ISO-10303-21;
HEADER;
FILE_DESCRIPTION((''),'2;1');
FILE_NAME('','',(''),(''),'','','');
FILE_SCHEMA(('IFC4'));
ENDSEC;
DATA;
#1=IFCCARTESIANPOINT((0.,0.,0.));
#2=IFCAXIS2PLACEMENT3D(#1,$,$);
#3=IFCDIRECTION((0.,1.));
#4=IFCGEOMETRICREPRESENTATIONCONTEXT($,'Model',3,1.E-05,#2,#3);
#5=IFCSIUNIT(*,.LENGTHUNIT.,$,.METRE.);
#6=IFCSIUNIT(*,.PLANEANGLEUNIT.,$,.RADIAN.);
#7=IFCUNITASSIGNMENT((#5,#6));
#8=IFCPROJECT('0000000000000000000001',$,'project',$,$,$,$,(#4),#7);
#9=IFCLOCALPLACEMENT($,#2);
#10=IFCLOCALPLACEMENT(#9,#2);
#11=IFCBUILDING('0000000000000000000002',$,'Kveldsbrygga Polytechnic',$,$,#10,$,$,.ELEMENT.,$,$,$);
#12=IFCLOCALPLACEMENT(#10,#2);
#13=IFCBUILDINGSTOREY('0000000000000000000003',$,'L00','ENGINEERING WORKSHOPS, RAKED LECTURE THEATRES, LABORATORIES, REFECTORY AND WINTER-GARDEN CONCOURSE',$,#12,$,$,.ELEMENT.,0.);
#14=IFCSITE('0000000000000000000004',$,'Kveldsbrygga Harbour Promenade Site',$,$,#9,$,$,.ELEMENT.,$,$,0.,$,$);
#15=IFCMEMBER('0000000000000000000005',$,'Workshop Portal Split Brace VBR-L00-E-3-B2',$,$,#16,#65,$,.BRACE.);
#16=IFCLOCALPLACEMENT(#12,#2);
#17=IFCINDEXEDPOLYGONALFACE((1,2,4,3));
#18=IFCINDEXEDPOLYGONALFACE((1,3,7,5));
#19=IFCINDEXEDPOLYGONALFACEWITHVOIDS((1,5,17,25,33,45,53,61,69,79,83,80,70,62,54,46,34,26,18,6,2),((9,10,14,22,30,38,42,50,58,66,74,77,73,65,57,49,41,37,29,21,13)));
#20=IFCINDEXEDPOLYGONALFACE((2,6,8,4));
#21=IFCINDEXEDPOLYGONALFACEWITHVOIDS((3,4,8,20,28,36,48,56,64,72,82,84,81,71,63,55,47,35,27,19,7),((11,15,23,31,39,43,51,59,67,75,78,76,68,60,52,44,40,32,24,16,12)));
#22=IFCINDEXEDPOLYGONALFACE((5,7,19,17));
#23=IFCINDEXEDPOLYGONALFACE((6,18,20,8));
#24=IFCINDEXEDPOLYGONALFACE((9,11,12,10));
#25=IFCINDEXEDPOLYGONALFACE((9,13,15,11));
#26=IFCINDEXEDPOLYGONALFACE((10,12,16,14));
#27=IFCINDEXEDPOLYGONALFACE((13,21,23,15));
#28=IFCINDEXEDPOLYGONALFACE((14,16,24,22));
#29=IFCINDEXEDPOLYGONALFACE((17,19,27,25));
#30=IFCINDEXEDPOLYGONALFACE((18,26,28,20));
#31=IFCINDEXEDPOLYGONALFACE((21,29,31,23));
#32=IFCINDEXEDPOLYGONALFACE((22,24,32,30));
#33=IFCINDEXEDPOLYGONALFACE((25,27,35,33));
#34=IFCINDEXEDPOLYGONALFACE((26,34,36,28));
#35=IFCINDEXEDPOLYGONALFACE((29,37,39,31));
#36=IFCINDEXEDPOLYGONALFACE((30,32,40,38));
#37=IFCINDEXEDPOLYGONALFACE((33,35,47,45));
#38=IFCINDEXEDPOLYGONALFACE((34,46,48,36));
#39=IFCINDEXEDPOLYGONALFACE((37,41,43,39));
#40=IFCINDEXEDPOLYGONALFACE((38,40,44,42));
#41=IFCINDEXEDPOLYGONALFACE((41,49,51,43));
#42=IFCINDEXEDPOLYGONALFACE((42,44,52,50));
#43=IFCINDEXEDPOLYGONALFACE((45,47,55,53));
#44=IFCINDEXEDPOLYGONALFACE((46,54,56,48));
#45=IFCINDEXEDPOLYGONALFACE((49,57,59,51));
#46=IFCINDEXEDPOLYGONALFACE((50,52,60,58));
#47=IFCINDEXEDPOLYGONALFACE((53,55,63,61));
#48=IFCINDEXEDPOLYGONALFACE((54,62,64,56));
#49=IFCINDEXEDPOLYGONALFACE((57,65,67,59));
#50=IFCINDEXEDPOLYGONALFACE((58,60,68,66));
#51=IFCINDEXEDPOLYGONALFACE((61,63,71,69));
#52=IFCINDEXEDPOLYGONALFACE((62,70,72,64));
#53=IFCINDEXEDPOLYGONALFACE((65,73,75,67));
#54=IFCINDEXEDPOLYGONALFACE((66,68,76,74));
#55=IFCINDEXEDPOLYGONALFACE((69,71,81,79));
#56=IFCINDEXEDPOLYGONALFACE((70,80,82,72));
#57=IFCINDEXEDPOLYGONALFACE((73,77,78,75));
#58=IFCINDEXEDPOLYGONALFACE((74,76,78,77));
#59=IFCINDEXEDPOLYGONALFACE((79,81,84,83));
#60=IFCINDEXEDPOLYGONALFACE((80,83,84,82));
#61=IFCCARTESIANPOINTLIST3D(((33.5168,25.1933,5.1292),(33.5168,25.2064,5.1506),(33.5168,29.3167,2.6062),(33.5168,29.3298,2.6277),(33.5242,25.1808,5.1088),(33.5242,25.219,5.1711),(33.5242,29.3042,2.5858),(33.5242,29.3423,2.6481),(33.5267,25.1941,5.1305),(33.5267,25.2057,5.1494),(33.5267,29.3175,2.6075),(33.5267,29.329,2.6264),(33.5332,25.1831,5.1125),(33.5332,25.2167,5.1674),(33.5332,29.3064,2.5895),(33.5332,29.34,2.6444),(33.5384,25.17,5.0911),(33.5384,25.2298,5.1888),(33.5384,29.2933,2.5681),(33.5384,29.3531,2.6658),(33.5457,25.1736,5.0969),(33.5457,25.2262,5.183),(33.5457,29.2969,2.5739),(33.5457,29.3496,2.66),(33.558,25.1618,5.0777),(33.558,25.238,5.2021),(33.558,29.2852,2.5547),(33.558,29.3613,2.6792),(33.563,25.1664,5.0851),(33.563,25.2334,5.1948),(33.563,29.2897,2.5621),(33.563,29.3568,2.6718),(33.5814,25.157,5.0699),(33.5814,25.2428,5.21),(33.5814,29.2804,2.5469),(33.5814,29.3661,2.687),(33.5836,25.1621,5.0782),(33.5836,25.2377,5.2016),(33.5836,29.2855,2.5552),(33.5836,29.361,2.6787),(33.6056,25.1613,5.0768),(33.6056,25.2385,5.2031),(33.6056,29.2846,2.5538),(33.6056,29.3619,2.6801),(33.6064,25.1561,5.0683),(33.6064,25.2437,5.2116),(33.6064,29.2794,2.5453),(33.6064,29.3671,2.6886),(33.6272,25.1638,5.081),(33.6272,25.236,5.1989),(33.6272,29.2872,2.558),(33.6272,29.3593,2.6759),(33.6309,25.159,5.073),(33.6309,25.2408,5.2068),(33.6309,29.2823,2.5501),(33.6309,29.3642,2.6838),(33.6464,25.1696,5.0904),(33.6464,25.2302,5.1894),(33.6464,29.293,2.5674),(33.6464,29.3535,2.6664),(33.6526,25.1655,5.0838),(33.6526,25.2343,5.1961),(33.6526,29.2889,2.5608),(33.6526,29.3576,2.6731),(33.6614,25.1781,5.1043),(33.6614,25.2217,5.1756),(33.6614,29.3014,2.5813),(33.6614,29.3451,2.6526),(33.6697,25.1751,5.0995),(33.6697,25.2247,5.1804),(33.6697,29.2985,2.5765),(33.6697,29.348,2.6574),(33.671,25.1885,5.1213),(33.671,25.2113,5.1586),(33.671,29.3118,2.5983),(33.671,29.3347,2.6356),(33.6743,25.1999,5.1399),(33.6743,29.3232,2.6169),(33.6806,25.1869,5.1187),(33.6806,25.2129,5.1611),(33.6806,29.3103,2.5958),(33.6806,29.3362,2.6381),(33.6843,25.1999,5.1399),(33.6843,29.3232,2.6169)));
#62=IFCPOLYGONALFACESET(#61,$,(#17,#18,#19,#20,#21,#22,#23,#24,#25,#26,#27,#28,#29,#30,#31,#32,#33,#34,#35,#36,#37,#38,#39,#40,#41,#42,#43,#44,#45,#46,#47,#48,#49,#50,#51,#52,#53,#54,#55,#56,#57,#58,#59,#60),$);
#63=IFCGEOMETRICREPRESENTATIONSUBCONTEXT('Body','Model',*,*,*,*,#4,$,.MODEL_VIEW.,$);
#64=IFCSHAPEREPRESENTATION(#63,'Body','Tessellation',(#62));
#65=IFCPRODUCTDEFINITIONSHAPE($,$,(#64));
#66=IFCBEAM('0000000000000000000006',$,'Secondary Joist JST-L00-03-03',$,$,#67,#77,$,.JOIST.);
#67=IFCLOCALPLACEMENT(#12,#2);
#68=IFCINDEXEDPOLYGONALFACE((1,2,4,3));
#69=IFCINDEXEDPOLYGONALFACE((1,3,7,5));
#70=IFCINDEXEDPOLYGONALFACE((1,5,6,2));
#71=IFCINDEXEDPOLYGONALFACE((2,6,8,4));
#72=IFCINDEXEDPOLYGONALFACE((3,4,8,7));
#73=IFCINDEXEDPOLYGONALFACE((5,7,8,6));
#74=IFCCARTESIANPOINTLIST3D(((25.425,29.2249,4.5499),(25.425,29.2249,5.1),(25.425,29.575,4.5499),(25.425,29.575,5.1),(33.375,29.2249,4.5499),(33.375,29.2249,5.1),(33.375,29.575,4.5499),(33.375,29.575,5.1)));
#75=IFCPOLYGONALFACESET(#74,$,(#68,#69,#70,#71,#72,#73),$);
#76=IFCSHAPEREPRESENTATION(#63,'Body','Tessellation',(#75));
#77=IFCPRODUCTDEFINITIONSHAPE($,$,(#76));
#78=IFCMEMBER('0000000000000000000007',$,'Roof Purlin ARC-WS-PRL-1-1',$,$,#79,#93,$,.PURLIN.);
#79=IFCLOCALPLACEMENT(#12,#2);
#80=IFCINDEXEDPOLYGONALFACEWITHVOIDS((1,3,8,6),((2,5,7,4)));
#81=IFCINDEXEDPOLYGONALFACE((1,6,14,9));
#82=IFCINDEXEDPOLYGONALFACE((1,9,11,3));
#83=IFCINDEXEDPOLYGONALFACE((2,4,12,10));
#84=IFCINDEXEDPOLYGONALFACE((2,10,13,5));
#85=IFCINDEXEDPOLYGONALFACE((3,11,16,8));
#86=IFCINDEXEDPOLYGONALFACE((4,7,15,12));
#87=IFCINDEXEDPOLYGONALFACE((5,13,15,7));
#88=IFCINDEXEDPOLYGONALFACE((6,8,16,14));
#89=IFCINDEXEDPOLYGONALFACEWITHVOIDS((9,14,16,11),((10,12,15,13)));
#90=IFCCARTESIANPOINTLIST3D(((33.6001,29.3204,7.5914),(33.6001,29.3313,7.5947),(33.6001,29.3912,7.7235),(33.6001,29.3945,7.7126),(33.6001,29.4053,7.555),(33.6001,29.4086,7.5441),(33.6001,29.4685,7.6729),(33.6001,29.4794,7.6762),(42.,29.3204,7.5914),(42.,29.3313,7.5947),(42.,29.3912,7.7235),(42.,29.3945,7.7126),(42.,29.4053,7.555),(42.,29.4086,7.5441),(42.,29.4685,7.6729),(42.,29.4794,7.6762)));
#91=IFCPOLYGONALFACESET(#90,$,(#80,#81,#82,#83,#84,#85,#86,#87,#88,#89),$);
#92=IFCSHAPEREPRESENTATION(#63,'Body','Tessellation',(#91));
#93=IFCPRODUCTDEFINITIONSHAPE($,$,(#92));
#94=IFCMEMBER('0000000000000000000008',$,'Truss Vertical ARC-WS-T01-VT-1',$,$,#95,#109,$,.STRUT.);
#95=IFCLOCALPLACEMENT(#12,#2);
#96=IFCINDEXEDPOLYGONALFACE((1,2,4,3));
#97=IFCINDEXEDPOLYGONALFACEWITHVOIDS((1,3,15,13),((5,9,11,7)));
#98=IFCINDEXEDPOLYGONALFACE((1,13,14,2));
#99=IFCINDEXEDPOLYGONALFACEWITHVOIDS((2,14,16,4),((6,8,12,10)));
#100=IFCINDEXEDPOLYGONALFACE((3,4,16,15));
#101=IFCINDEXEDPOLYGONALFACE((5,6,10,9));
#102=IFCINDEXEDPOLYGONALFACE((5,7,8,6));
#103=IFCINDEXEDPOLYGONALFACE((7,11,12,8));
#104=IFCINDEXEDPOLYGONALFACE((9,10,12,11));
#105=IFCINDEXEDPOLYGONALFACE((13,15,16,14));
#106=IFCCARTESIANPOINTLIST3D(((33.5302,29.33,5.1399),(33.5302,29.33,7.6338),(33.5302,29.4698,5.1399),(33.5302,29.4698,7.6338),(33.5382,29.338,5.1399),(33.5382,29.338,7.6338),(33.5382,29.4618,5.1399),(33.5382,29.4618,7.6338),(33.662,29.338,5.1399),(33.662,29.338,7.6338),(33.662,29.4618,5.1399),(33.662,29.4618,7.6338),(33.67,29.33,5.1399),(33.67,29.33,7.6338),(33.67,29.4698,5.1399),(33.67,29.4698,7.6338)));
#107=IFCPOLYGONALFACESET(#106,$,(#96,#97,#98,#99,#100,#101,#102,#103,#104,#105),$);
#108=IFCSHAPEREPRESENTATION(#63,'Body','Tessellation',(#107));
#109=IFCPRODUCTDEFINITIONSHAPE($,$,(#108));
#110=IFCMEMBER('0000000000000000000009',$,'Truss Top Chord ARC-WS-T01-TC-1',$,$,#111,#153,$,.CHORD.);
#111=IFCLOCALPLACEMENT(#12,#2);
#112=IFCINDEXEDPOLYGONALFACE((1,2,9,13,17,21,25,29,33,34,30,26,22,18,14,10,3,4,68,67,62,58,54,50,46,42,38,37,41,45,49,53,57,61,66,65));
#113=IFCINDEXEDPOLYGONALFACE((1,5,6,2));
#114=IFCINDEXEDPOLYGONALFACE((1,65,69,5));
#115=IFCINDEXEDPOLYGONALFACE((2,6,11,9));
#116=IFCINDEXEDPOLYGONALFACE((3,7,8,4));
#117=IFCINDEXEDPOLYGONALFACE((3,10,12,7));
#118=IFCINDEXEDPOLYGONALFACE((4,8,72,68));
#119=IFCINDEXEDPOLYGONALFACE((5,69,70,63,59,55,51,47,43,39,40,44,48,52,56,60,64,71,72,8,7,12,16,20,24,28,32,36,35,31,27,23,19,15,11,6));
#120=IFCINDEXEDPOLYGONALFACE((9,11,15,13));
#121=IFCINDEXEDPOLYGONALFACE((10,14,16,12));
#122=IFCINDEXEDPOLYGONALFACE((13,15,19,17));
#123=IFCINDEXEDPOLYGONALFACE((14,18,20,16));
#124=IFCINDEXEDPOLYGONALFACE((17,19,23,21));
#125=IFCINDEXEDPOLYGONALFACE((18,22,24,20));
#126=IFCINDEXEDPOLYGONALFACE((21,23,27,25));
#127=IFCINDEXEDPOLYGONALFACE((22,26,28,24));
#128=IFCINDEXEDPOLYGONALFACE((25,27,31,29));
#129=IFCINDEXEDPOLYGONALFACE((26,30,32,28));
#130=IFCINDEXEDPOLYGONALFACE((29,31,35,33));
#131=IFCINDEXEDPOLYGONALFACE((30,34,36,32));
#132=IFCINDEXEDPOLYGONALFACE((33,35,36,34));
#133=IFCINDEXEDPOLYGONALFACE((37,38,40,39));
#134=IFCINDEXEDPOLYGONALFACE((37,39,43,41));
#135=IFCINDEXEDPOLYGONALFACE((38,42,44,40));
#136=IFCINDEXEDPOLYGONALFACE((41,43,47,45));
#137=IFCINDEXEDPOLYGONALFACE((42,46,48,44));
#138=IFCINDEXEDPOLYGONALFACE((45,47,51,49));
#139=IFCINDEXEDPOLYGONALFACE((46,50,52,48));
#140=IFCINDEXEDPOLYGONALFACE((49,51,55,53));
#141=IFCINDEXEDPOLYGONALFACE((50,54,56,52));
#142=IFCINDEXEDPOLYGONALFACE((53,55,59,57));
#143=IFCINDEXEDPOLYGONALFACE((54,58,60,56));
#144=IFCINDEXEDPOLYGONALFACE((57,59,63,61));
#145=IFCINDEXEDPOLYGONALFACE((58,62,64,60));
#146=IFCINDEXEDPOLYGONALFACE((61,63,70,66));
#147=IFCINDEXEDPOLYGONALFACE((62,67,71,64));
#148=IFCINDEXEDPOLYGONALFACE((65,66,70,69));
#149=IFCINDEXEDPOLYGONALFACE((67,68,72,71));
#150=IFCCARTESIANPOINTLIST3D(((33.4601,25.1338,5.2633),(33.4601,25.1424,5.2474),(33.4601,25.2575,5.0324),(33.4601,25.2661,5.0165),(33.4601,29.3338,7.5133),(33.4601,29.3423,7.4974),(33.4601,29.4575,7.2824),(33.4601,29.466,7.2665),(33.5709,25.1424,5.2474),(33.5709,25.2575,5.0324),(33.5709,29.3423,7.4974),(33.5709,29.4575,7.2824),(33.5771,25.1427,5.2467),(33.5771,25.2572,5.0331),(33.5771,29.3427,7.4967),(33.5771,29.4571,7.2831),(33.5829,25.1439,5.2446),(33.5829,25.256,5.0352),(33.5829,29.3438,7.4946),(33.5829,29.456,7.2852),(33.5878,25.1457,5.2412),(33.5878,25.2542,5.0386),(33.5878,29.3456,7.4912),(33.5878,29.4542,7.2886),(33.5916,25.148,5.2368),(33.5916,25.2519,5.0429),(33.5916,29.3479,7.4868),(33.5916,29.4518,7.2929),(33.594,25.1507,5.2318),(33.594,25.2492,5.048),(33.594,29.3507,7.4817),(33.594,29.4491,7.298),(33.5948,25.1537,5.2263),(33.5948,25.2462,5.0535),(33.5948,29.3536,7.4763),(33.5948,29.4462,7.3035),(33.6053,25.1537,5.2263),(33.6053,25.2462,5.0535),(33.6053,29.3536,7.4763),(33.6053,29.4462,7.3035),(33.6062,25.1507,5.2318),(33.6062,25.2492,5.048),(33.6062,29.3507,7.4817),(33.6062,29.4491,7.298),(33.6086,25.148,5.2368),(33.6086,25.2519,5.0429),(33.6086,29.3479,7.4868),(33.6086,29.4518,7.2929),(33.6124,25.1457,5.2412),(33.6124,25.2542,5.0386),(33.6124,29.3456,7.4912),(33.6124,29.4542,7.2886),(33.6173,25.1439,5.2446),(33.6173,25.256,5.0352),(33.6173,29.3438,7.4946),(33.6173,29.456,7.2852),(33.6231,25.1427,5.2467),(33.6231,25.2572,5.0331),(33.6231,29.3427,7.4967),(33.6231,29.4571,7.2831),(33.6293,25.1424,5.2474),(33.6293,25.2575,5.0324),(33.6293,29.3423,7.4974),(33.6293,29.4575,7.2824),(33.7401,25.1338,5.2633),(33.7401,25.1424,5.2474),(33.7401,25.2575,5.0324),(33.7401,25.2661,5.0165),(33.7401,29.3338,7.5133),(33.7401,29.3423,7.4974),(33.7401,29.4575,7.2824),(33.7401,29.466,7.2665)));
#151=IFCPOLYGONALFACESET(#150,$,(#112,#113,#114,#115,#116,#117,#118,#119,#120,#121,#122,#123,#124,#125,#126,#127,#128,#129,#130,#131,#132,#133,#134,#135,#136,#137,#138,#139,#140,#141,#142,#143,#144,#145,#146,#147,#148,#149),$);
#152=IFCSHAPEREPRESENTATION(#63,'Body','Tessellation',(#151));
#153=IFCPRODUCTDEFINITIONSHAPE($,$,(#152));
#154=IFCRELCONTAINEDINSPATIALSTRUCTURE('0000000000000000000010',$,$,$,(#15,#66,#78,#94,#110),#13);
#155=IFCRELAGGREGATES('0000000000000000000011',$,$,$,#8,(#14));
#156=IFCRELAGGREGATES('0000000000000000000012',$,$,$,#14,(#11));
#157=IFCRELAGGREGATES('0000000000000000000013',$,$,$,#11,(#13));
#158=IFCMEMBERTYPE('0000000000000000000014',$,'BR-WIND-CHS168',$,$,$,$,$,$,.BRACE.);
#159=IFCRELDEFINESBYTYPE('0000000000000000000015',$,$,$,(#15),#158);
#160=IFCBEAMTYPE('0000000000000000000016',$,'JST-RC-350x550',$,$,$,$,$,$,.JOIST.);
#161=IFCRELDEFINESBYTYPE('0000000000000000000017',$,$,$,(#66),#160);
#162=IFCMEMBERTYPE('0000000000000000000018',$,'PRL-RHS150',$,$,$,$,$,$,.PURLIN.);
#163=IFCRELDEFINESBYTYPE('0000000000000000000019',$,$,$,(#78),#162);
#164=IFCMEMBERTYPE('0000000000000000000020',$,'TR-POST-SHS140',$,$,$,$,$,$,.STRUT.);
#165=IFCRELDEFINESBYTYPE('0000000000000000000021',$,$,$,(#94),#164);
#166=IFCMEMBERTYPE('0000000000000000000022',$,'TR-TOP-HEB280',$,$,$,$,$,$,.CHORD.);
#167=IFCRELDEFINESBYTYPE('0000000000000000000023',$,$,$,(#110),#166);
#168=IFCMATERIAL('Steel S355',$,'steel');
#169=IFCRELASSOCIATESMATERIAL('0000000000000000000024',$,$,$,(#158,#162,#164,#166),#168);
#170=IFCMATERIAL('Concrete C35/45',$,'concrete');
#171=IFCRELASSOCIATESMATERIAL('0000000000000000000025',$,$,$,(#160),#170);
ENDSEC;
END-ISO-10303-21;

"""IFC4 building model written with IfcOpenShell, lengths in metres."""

from ifc_helpers import new_model, si_unit, direction, frame, origin, origin_2d, place, context, subcontext, project, spatial, rectangle, hollow_rectangle, hollow_circle, i_section, extrude, material, material_profile, profile_set, type_object, element, save


model = new_model("IFC4")

# Units and contexts
model_context = context("Model", 3, precision=1e-05, world=origin(), true_north=direction((0.0, 1.0)))
body_context = subcontext(model_context, "Body", "Model", "MODEL_VIEW")
ifc_project = project(units=[si_unit("LENGTHUNIT", "METRE"), si_unit("PLANEANGLEUNIT", "RADIAN")], contexts=[model_context])

# Site, building, storey
site_placement = place(None, origin())
site = spatial("IfcSite", under=ifc_project, at=site_placement, Name="Kveldsbrygga Harbour Promenade Site", CompositionType="ELEMENT", RefElevation=0.0)
building_placement = place(site_placement, origin())
building = spatial("IfcBuilding", under=site, at=building_placement, Name="Kveldsbrygga Polytechnic", CompositionType="ELEMENT")
storey_placement = place(building_placement, origin())
storey = spatial("IfcBuildingStorey", under=building, at=storey_placement, Name="L00", Description="ENGINEERING WORKSHOPS, RAKED LECTURE THEATRES, LABORATORIES, REFECTORY AND WINTER-GARDEN CONCOURSE", CompositionType="ELEMENT", Elevation=0.0)

# Shared definitions
ifc_material_1 = material(Name="Concrete C35/45", Category="concrete")

# Member
ifc_material_2 = material(Name="Steel S355", Category="steel")
ifc_material_profile_1 = material_profile(ifc_material_2, hollow_circle(Radius=0.0842, WallThickness=0.01, at=origin_2d()), Name="CHS 168.3x10.0")
ifc_profile_set_1 = profile_set([ifc_material_profile_1], Name="Steel S355")
member_type_1 = type_object("IfcMemberType", Name="BR-WIND-CHS168", PredefinedType="BRACE", material=ifc_profile_set_1)
member_1_placement = place(storey_placement, frame((33.6001, 29.3232, 2.6169), z_axis=(0.0, -0.852991, 0.521926), x_axis=(1.0, 0.0, 0.0)))
element("IfcMember", 1, at=member_1_placement, inside=storey, type_object=member_type_1, Name="Workshop Portal Split Brace VBR-L00-E-3-B2", PredefinedType="BRACE", context=body_context, shape_type="SweptSolid", body=[
    extrude(hollow_circle(Radius=0.0842, WallThickness=0.01, at=origin_2d()), origin(), (0.0, 0.0, 1.0), 4.834),
])

# Beam
ifc_material_profile_2 = material_profile(ifc_material_1, rectangle(XDim=0.3501, YDim=0.55, at=origin_2d()), Name="RC 350x550")
ifc_profile_set_2 = profile_set([ifc_material_profile_2], Name="Concrete C35/45")
beam_type_1 = type_object("IfcBeamType", Name="JST-RC-350x550", PredefinedType="JOIST", material=ifc_profile_set_2)
beam_1_placement = place(storey_placement, frame((25.425, 29.3999, 4.825), z_axis=(1.0, 0.0, 0.0), x_axis=(0.0, 1.0, 0.0)))
element("IfcBeam", 2, at=beam_1_placement, inside=storey, type_object=beam_type_1, Name="Secondary Joist JST-L00-03-03", PredefinedType="JOIST", context=body_context, shape_type="SweptSolid", body=[
    extrude(rectangle(XDim=0.3501, YDim=0.55, at=origin_2d()), origin(), (0.0, 0.0, 1.0), 7.95),
])

# Members
ifc_material_profile_3 = material_profile(ifc_material_2, hollow_rectangle(XDim=0.1001, YDim=0.1499, WallThickness=0.0081, at=origin_2d()), Name="RHS 150x100x8.0")
ifc_profile_set_3 = profile_set([ifc_material_profile_3], Name="Steel S355")
member_type_2 = type_object("IfcMemberType", Name="PRL-RHS150", PredefinedType="PURLIN", material=ifc_profile_set_3)
member_2_placement = place(storey_placement, frame((33.6001, 29.3999, 7.6338), z_axis=(1.0, 0.0, 0.0), x_axis=(0.0, 0.88148, -0.472222)))
element("IfcMember", 3, at=member_2_placement, inside=storey, type_object=member_type_2, Name="Roof Purlin ARC-WS-PRL-1-1", PredefinedType="PURLIN", context=body_context, shape_type="SweptSolid", body=[
    extrude(hollow_rectangle(XDim=0.1001, YDim=0.1499, WallThickness=0.0081, at=origin_2d()), origin(), (0.0, 0.0, 1.0), 8.3999),
])
ifc_material_profile_4 = material_profile(ifc_material_2, hollow_rectangle(XDim=0.1399, YDim=0.1399, WallThickness=0.0081, at=origin_2d()), Name="SHS 140x140x8.0")
ifc_profile_set_4 = profile_set([ifc_material_profile_4], Name="Steel S355")
member_type_3 = type_object("IfcMemberType", Name="TR-POST-SHS140", PredefinedType="STRUT", material=ifc_profile_set_4)
member_3_placement = place(storey_placement, frame((33.6001, 29.3999, 5.1399), z_axis=(0.0, 0.0, 1.0), x_axis=(1.0, 0.0, 0.0)))
element("IfcMember", 4, at=member_3_placement, inside=storey, type_object=member_type_3, Name="Truss Vertical ARC-WS-T01-VT-1", PredefinedType="STRUT", context=body_context, shape_type="SweptSolid", body=[
    extrude(hollow_rectangle(XDim=0.1399, YDim=0.1399, WallThickness=0.0081, at=origin_2d()), origin(), (0.0, 0.0, 1.0), 2.4939),
])
ifc_material_profile_5 = material_profile(ifc_material_2, i_section(OverallWidth=0.28, OverallDepth=0.28, WebThickness=0.0105, FlangeThickness=0.0181, FilletRadius=0.0239, at=origin_2d()), Name="HEB 280")
ifc_profile_set_5 = profile_set([ifc_material_profile_5], Name="Steel S355")
member_type_4 = type_object("IfcMemberType", Name="TR-TOP-HEB280", PredefinedType="CHORD", material=ifc_profile_set_5)
member_4_placement = place(storey_placement, frame((33.6001, 25.2, 5.1399), z_axis=(0.0, 0.881478, 0.472226), x_axis=(-1.0, 0.0, 0.0)))
element("IfcMember", 5, at=member_4_placement, inside=storey, type_object=member_type_4, Name="Truss Top Chord ARC-WS-T01-TC-1", PredefinedType="CHORD", context=body_context, shape_type="SweptSolid", body=[
    extrude(i_section(OverallWidth=0.28, OverallDepth=0.28, WebThickness=0.0105, FlangeThickness=0.0181, FilletRadius=0.0239, at=origin_2d()), origin(), (0.0, 0.0, 1.0), 4.7646),
])

save(model, "model.ifc")
